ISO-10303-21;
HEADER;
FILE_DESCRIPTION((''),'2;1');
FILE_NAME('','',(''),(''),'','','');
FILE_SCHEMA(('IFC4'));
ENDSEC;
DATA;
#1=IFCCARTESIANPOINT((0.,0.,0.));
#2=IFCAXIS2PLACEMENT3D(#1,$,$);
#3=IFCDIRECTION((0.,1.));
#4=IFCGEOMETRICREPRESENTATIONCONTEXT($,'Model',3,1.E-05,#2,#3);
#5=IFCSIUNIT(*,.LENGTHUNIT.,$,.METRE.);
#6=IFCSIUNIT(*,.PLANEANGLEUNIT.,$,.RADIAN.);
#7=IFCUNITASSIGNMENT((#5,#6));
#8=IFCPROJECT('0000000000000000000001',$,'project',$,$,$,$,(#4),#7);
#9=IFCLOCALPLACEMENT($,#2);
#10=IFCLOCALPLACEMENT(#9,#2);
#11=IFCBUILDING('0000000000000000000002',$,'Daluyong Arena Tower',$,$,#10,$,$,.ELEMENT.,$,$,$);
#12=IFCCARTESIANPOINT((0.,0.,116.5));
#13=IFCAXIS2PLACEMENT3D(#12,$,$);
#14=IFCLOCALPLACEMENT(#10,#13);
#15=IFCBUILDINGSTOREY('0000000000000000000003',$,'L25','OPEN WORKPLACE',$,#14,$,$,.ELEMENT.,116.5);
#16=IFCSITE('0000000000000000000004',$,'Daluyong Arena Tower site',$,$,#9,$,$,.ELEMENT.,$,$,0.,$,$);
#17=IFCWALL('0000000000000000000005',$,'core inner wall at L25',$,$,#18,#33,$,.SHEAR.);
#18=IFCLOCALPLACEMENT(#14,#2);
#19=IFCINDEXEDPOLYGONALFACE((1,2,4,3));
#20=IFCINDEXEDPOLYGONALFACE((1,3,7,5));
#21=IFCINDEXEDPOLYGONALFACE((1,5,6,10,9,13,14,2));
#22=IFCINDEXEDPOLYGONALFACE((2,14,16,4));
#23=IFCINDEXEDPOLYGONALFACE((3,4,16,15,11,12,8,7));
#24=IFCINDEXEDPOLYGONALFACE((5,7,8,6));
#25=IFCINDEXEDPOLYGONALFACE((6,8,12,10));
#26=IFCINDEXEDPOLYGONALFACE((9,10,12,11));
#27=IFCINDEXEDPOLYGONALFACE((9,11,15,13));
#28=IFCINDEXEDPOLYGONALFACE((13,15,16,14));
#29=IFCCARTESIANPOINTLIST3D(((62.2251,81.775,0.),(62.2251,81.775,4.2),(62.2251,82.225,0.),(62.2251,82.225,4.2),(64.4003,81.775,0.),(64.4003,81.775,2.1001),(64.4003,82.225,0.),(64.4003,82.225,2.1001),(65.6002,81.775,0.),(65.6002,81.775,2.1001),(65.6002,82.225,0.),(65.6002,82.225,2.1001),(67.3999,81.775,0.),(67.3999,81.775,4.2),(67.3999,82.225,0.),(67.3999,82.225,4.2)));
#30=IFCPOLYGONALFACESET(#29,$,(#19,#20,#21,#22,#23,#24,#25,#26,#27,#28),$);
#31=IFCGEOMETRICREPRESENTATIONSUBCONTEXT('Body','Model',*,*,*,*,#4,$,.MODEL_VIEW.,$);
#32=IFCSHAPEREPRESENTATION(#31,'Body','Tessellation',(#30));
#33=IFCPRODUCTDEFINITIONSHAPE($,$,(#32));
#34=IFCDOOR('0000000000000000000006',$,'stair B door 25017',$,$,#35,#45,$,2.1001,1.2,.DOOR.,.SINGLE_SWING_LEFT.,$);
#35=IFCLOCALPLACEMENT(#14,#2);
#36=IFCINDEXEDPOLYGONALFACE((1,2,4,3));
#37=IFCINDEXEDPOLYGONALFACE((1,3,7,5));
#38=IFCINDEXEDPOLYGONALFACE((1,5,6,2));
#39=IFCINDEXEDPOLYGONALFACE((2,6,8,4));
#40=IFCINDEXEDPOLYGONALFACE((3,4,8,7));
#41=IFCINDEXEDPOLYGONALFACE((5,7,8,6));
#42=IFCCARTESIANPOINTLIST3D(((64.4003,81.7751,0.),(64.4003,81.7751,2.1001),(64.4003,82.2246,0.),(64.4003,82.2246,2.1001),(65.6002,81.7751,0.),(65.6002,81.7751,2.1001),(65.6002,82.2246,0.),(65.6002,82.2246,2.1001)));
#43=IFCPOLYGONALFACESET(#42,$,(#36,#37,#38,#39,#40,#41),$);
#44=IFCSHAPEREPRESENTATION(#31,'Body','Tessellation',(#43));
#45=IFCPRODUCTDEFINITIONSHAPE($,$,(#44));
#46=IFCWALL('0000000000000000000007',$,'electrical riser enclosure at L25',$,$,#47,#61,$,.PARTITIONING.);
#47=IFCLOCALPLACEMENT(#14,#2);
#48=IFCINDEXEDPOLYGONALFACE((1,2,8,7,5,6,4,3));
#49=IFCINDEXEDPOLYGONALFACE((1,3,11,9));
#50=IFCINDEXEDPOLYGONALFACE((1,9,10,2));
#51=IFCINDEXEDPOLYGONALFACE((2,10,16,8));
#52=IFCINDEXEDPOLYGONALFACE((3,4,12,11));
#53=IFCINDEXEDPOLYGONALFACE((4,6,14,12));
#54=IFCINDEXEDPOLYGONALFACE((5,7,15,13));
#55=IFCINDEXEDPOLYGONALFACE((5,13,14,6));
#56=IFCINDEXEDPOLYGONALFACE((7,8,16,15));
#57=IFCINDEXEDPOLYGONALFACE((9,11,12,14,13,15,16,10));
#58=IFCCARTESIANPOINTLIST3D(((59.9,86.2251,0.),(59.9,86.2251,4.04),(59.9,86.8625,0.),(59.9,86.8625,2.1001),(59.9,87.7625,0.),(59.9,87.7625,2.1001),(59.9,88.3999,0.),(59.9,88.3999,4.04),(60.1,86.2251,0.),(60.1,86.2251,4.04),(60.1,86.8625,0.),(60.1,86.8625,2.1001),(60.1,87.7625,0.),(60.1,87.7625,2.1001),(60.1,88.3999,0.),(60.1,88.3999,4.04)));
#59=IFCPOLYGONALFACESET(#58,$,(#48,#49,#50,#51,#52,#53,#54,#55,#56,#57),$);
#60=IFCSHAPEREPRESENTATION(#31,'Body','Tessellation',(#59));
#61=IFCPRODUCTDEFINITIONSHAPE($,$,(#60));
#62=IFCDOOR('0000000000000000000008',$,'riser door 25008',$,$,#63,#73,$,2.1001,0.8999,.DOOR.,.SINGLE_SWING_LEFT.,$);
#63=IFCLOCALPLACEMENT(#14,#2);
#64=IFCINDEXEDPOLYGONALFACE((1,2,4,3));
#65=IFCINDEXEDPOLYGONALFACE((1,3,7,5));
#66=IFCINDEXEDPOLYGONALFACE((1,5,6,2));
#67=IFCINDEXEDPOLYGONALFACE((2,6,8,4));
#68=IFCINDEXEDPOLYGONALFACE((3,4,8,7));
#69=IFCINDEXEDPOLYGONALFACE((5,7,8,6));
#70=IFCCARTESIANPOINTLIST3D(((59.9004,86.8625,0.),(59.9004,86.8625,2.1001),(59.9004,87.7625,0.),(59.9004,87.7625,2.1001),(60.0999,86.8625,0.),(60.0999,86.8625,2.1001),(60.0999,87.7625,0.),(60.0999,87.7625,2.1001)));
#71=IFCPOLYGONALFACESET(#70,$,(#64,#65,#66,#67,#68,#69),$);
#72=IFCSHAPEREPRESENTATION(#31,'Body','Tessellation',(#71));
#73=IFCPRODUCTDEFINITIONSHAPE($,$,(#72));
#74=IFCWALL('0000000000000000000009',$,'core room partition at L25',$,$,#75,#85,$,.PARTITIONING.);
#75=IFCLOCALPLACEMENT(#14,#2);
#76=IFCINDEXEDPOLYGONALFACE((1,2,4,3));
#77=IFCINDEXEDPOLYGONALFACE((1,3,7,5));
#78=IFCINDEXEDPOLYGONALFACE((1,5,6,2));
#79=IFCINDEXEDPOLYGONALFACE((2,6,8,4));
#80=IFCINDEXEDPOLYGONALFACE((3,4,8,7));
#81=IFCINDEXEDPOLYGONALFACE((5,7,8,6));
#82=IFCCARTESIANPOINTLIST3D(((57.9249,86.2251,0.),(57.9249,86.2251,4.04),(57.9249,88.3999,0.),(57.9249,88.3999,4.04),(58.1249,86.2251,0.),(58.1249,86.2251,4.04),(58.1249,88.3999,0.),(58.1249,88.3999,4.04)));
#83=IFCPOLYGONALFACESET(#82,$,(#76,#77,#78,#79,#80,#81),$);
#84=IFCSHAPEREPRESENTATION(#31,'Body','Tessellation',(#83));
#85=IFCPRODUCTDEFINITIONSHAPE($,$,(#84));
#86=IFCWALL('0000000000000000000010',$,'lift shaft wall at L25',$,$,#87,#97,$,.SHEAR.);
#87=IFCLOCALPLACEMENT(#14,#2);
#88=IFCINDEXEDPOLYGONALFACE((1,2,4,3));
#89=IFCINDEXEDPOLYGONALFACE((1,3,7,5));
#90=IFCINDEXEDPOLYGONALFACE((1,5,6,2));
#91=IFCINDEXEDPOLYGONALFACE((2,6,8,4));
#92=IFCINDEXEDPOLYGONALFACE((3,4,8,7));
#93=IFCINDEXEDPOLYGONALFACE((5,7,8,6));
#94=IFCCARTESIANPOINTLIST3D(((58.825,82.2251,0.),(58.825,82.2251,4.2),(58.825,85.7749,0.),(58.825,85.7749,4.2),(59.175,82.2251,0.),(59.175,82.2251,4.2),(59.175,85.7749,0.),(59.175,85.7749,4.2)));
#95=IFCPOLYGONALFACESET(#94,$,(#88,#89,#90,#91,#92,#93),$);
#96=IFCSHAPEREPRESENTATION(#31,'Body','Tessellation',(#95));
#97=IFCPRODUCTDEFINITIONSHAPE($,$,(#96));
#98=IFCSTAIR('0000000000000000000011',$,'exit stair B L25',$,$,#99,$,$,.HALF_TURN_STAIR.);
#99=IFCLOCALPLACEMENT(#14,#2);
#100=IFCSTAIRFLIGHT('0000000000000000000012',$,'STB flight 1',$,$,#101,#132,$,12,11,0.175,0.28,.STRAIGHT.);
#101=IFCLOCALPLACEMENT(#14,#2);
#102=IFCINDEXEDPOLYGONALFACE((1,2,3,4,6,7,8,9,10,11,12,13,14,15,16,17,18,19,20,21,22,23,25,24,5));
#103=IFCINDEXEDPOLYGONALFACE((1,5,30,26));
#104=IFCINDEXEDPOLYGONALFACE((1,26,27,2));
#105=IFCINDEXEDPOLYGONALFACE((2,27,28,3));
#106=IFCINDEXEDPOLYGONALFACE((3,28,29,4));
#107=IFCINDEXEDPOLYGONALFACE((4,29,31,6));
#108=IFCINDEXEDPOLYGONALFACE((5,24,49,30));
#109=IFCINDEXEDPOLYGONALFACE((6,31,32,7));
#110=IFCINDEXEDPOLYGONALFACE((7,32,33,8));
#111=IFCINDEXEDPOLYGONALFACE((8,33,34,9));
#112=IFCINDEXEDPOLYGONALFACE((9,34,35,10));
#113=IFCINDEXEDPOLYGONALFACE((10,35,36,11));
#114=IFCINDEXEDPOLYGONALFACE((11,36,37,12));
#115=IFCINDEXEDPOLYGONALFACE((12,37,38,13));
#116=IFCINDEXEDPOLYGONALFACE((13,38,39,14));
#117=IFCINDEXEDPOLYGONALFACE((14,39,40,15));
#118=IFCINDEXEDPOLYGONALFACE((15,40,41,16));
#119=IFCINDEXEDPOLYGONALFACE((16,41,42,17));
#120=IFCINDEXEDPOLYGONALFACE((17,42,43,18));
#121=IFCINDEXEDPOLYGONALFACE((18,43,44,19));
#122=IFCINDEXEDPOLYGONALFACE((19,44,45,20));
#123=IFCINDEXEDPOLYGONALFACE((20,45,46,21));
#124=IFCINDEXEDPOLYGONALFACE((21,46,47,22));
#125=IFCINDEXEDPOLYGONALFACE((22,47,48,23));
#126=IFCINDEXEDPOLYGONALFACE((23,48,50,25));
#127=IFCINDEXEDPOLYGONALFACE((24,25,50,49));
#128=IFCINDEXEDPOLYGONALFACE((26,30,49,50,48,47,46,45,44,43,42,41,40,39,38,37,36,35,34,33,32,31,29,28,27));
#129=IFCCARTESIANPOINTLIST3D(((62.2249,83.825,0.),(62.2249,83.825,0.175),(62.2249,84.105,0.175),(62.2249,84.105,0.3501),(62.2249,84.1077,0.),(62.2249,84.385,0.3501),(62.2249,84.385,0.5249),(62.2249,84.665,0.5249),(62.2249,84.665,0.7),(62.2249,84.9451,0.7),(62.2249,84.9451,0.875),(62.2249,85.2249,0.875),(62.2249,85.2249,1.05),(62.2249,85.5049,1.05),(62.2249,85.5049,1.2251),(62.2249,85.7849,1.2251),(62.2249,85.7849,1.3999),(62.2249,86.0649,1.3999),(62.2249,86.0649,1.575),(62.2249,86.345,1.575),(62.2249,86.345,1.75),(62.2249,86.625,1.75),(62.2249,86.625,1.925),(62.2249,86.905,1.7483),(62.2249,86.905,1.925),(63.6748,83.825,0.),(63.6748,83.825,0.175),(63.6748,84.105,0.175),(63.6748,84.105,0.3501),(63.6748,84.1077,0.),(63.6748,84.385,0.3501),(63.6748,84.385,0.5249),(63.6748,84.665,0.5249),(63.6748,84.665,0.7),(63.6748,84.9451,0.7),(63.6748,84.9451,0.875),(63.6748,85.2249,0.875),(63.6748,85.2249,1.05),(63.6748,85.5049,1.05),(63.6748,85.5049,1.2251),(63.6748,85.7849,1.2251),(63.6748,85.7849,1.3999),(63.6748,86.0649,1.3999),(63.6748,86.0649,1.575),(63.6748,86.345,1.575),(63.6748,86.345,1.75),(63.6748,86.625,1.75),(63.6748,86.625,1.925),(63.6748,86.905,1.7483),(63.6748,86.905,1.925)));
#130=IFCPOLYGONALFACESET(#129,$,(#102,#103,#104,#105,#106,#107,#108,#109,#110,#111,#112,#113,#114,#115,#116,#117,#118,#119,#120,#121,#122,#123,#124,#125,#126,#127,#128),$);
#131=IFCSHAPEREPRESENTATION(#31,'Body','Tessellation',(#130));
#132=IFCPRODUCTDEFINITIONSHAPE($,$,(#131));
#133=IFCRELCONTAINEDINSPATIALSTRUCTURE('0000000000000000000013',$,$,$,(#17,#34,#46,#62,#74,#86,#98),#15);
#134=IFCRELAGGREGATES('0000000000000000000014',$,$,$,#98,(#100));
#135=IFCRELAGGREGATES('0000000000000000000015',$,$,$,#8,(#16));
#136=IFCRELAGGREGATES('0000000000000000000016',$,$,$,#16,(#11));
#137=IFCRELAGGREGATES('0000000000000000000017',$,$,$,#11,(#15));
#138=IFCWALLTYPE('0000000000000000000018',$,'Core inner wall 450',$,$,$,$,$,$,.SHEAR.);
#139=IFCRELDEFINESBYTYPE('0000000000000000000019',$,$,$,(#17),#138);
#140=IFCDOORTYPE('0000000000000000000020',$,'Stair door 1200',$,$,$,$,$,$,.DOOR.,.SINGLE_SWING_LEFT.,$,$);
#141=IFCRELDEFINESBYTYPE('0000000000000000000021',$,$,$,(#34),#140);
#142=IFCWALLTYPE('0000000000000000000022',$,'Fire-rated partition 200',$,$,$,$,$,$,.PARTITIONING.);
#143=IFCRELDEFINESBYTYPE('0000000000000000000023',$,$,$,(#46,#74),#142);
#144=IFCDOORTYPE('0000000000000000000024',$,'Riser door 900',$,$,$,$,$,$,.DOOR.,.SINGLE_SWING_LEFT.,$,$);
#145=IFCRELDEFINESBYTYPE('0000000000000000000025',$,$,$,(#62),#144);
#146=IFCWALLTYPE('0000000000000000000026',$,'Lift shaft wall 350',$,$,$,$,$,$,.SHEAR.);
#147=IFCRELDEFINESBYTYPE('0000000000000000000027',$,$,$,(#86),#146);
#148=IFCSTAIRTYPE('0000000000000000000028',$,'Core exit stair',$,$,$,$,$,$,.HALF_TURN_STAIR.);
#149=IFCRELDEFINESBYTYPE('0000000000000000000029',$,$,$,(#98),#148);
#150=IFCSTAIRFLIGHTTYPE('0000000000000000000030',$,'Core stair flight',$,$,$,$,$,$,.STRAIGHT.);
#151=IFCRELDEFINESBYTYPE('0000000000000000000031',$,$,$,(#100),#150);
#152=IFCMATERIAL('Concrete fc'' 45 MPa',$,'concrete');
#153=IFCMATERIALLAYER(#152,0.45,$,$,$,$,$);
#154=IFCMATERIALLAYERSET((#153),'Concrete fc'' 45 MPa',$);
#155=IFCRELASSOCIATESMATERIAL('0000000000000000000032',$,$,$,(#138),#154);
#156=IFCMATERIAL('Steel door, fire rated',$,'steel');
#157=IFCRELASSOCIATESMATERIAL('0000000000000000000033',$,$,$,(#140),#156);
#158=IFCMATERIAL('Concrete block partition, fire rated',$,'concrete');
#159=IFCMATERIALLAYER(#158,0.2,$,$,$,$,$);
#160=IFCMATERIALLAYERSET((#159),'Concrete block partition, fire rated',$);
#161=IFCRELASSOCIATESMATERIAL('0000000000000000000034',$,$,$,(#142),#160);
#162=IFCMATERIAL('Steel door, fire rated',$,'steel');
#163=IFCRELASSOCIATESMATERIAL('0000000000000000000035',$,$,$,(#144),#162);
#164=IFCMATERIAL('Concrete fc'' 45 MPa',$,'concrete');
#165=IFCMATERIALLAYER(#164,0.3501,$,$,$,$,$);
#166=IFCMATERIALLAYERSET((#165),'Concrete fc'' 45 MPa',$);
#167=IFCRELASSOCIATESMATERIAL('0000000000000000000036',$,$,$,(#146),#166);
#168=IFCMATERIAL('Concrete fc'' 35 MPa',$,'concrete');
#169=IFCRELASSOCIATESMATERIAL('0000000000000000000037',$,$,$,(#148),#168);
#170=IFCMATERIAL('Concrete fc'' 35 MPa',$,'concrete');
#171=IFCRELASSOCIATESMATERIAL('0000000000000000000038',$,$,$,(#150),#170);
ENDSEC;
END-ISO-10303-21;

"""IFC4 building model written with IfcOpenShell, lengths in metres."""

from ifc_helpers import new_model, si_unit, direction, frame, frame_2d, origin, place, context, subcontext, project, spatial, polyline, rectangle, outline, extrude, material, layer, layer_set, type_object, element, fill, aggregate, save


model = new_model("IFC4")

# Units and contexts
model_context = context("Model", 3, precision=1e-05, world=origin(), true_north=direction((0.0, 1.0)))
body_context = subcontext(model_context, "Body", "Model", "MODEL_VIEW")
ifc_project = project(units=[si_unit("LENGTHUNIT", "METRE"), si_unit("PLANEANGLEUNIT", "RADIAN")], contexts=[model_context])

# Site, building, storey
site_placement = place(None, origin())
site = spatial("IfcSite", under=ifc_project, at=site_placement, Name="Daluyong Arena Tower site", CompositionType="ELEMENT", RefElevation=0.0)
building_placement = place(site_placement, origin())
building = spatial("IfcBuilding", under=site, at=building_placement, Name="Daluyong Arena Tower", CompositionType="ELEMENT")
storey_placement = place(building_placement, frame((0.0, 0.0, 116.5)))
storey = spatial("IfcBuildingStorey", under=building, at=storey_placement, Name="L25", Description="OPEN WORKPLACE", CompositionType="ELEMENT", Elevation=116.5)

# Walls, openings, doors
ifc_material_1 = material(Name="Concrete fc' 45 MPa", Category="concrete")
ifc_layer_1 = layer(ifc_material_1, 0.45)
ifc_layer_set_1 = layer_set([ifc_layer_1], Name="Concrete fc' 45 MPa")
wall_type_1 = type_object("IfcWallType", Name="Core inner wall 450", PredefinedType="SHEAR", material=ifc_layer_set_1)
wall_1_placement = place(storey_placement, frame((62.2251, 82.0, 0.0), z_axis=(0.0, 0.0, 1.0), x_axis=(1.0, 0.0, 0.0)))
wall_1 = element("IfcWall", 1, at=wall_1_placement, inside=storey, type_object=wall_type_1, Name="core inner wall at L25", PredefinedType="SHEAR", context=body_context, shape_type="SweptSolid", body=[
    extrude(rectangle(XDim=5.1748, YDim=0.45, at=frame_2d((2.5874, 0.0))), origin(), (0.0, 0.0, 1.0), 4.2),
])
opening_1_placement = place(wall_1_placement, frame((2.175, 0.0, 0.0)))
opening_1 = element("IfcOpeningElement", 2, at=opening_1_placement, cuts=wall_1, PredefinedType="OPENING", context=body_context, shape_type="SweptSolid", body=[
    extrude(rectangle(XDim=1.2, YDim=2.1001, at=frame_2d((0.6001, 1.05))), frame((0.0, 0.2349, 0.0), z_axis=(0.0, -1.0, 0.0), x_axis=(1.0, 0.0, 0.0)), (0.0, 0.0, 1.0), 0.47),
])
ifc_material_2 = material(Name="Steel door, fire rated", Category="steel")
door_type_1 = type_object("IfcDoorType", Name="Stair door 1200", OperationType="SINGLE_SWING_LEFT", PredefinedType="DOOR", material=ifc_material_2)
door_1_placement = place(opening_1_placement, origin())
door_1 = element("IfcDoor", 3, at=door_1_placement, inside=storey, type_object=door_type_1, Name="stair B door 25017", OperationType="SINGLE_SWING_LEFT", OverallHeight=2.1001, OverallWidth=1.2, PredefinedType="DOOR", context=body_context, shape_type="SweptSolid", body=[
    extrude(rectangle(XDim=1.2, YDim=2.1001, at=frame_2d((0.6001, 1.05))), frame((0.0, 0.2246, 0.0), z_axis=(0.0, -1.0, 0.0), x_axis=(1.0, 0.0, 0.0)), (0.0, 0.0, 1.0), 0.4495),
])
fill(opening_1, door_1)
ifc_material_3 = material(Name="Concrete block partition, fire rated", Category="concrete")
ifc_layer_2 = layer(ifc_material_3, 0.2)
ifc_layer_set_2 = layer_set([ifc_layer_2], Name="Concrete block partition, fire rated")
wall_type_2 = type_object("IfcWallType", Name="Fire-rated partition 200", PredefinedType="PARTITIONING", material=ifc_layer_set_2)
wall_2_placement = place(storey_placement, frame((60.0, 86.2251, 0.0), z_axis=(0.0, 0.0, 1.0), x_axis=(0.0, 1.0, 0.0)))
wall_2 = element("IfcWall", 4, at=wall_2_placement, inside=storey, type_object=wall_type_2, Name="electrical riser enclosure at L25", PredefinedType="PARTITIONING", context=body_context, shape_type="SweptSolid", body=[
    extrude(rectangle(XDim=2.1748, YDim=0.2, at=frame_2d((1.0874, 0.0))), origin(), (0.0, 0.0, 1.0), 4.04),
])
opening_2_placement = place(wall_2_placement, frame((0.6375, 0.0, 0.0)))
opening_2 = element("IfcOpeningElement", 5, at=opening_2_placement, cuts=wall_2, PredefinedType="OPENING", context=body_context, shape_type="SweptSolid", body=[
    extrude(rectangle(XDim=0.8999, YDim=2.1001, at=frame_2d((0.45, 1.05))), frame((0.0, 0.1099, 0.0), z_axis=(0.0, -1.0, 0.0), x_axis=(1.0, 0.0, 0.0)), (0.0, 0.0, 1.0), 0.22),
])
ifc_material_4 = material(Name="Steel door, fire rated", Category="steel")
door_type_2 = type_object("IfcDoorType", Name="Riser door 900", OperationType="SINGLE_SWING_LEFT", PredefinedType="DOOR", material=ifc_material_4)
door_2_placement = place(opening_2_placement, origin())
door_2 = element("IfcDoor", 6, at=door_2_placement, inside=storey, type_object=door_type_2, Name="riser door 25008", OperationType="SINGLE_SWING_LEFT", OverallHeight=2.1001, OverallWidth=0.8999, PredefinedType="DOOR", context=body_context, shape_type="SweptSolid", body=[
    extrude(rectangle(XDim=0.8999, YDim=2.1001, at=frame_2d((0.45, 1.05))), frame((0.0, 0.0996, 0.0), z_axis=(0.0, -1.0, 0.0), x_axis=(1.0, 0.0, 0.0)), (0.0, 0.0, 1.0), 0.1995),
])
fill(opening_2, door_2)

# Walls
wall_3_placement = place(storey_placement, frame((58.0249, 86.2251, 0.0), z_axis=(0.0, 0.0, 1.0), x_axis=(0.0, 1.0, 0.0)))
element("IfcWall", 7, at=wall_3_placement, inside=storey, type_object=wall_type_2, Name="core room partition at L25", PredefinedType="PARTITIONING", context=body_context, shape_type="SweptSolid", body=[
    extrude(rectangle(XDim=2.1748, YDim=0.2, at=frame_2d((1.0874, 0.0))), origin(), (0.0, 0.0, 1.0), 4.04),
])
ifc_material_5 = material(Name="Concrete fc' 45 MPa", Category="concrete")
ifc_layer_3 = layer(ifc_material_5, 0.3501)
ifc_layer_set_3 = layer_set([ifc_layer_3], Name="Concrete fc' 45 MPa")
wall_type_3 = type_object("IfcWallType", Name="Lift shaft wall 350", PredefinedType="SHEAR", material=ifc_layer_set_3)
wall_4_placement = place(storey_placement, frame((59.0, 82.2251, 0.0), z_axis=(0.0, 0.0, 1.0), x_axis=(0.0, 1.0, 0.0)))
element("IfcWall", 8, at=wall_4_placement, inside=storey, type_object=wall_type_3, Name="lift shaft wall at L25", PredefinedType="SHEAR", context=body_context, shape_type="SweptSolid", body=[
    extrude(rectangle(XDim=3.5498, YDim=0.3501, at=frame_2d((1.7749, 0.0))), origin(), (0.0, 0.0, 1.0), 4.2),
])

# Stair, stair flight
ifc_material_6 = material(Name="Concrete fc' 35 MPa", Category="concrete")
stair_type = type_object("IfcStairType", Name="Core exit stair", PredefinedType="HALF_TURN_STAIR", material=ifc_material_6)
stair_placement = place(storey_placement, origin())
stair = element("IfcStair", 9, at=stair_placement, inside=storey, type_object=stair_type, Name="exit stair B L25", PredefinedType="HALF_TURN_STAIR")
ifc_material_7 = material(Name="Concrete fc' 35 MPa", Category="concrete")
stair_flight_type = type_object("IfcStairFlightType", Name="Core stair flight", PredefinedType="STRAIGHT", material=ifc_material_7)
stair_flight_placement = place(storey_placement, frame((62.95, 83.825, 0.0), z_axis=(0.0, 0.0, 1.0), x_axis=(0.0, 1.0, 0.0)))
stair_flight = element("IfcStairFlight", 10, at=stair_flight_placement, type_object=stair_flight_type, Name="STB flight 1", NumberOfRisers=12, NumberOfTreads=11, PredefinedType="STRAIGHT", RiserHeight=0.175, TreadLength=0.28, context=body_context, shape_type="SweptSolid", body=[
    extrude(outline(polyline([(0.0, 0.0), (0.0, 0.175), (0.28, 0.175), (0.28, 0.3501), (0.5601, 0.3501), (0.5601, 0.5249), (0.8401, 0.5249), (0.8401, 0.7), (1.1201, 0.7), (1.1201, 0.875), (1.3999, 0.875), (1.3999, 1.05), (1.6799, 1.05), (1.6799, 1.2251), (1.96, 1.2251), (1.96, 1.3999), (2.24, 1.3999), (2.24, 1.575), (2.52, 1.575), (2.52, 1.75), (2.8, 1.75), (2.8, 1.925), (3.0801, 1.925), (3.0801, 2.1001), (3.0801, 1.7483), (0.2827, 0.0), (0.0, 0.0)])), frame((0.0, 0.7251, 0.0), z_axis=(0.0, -1.0, 0.0), x_axis=(1.0, 0.0, 0.0)), (0.0, 0.0, 1.0), 1.45),
])
aggregate(stair, [stair_flight])

save(model, "model.ifc")
